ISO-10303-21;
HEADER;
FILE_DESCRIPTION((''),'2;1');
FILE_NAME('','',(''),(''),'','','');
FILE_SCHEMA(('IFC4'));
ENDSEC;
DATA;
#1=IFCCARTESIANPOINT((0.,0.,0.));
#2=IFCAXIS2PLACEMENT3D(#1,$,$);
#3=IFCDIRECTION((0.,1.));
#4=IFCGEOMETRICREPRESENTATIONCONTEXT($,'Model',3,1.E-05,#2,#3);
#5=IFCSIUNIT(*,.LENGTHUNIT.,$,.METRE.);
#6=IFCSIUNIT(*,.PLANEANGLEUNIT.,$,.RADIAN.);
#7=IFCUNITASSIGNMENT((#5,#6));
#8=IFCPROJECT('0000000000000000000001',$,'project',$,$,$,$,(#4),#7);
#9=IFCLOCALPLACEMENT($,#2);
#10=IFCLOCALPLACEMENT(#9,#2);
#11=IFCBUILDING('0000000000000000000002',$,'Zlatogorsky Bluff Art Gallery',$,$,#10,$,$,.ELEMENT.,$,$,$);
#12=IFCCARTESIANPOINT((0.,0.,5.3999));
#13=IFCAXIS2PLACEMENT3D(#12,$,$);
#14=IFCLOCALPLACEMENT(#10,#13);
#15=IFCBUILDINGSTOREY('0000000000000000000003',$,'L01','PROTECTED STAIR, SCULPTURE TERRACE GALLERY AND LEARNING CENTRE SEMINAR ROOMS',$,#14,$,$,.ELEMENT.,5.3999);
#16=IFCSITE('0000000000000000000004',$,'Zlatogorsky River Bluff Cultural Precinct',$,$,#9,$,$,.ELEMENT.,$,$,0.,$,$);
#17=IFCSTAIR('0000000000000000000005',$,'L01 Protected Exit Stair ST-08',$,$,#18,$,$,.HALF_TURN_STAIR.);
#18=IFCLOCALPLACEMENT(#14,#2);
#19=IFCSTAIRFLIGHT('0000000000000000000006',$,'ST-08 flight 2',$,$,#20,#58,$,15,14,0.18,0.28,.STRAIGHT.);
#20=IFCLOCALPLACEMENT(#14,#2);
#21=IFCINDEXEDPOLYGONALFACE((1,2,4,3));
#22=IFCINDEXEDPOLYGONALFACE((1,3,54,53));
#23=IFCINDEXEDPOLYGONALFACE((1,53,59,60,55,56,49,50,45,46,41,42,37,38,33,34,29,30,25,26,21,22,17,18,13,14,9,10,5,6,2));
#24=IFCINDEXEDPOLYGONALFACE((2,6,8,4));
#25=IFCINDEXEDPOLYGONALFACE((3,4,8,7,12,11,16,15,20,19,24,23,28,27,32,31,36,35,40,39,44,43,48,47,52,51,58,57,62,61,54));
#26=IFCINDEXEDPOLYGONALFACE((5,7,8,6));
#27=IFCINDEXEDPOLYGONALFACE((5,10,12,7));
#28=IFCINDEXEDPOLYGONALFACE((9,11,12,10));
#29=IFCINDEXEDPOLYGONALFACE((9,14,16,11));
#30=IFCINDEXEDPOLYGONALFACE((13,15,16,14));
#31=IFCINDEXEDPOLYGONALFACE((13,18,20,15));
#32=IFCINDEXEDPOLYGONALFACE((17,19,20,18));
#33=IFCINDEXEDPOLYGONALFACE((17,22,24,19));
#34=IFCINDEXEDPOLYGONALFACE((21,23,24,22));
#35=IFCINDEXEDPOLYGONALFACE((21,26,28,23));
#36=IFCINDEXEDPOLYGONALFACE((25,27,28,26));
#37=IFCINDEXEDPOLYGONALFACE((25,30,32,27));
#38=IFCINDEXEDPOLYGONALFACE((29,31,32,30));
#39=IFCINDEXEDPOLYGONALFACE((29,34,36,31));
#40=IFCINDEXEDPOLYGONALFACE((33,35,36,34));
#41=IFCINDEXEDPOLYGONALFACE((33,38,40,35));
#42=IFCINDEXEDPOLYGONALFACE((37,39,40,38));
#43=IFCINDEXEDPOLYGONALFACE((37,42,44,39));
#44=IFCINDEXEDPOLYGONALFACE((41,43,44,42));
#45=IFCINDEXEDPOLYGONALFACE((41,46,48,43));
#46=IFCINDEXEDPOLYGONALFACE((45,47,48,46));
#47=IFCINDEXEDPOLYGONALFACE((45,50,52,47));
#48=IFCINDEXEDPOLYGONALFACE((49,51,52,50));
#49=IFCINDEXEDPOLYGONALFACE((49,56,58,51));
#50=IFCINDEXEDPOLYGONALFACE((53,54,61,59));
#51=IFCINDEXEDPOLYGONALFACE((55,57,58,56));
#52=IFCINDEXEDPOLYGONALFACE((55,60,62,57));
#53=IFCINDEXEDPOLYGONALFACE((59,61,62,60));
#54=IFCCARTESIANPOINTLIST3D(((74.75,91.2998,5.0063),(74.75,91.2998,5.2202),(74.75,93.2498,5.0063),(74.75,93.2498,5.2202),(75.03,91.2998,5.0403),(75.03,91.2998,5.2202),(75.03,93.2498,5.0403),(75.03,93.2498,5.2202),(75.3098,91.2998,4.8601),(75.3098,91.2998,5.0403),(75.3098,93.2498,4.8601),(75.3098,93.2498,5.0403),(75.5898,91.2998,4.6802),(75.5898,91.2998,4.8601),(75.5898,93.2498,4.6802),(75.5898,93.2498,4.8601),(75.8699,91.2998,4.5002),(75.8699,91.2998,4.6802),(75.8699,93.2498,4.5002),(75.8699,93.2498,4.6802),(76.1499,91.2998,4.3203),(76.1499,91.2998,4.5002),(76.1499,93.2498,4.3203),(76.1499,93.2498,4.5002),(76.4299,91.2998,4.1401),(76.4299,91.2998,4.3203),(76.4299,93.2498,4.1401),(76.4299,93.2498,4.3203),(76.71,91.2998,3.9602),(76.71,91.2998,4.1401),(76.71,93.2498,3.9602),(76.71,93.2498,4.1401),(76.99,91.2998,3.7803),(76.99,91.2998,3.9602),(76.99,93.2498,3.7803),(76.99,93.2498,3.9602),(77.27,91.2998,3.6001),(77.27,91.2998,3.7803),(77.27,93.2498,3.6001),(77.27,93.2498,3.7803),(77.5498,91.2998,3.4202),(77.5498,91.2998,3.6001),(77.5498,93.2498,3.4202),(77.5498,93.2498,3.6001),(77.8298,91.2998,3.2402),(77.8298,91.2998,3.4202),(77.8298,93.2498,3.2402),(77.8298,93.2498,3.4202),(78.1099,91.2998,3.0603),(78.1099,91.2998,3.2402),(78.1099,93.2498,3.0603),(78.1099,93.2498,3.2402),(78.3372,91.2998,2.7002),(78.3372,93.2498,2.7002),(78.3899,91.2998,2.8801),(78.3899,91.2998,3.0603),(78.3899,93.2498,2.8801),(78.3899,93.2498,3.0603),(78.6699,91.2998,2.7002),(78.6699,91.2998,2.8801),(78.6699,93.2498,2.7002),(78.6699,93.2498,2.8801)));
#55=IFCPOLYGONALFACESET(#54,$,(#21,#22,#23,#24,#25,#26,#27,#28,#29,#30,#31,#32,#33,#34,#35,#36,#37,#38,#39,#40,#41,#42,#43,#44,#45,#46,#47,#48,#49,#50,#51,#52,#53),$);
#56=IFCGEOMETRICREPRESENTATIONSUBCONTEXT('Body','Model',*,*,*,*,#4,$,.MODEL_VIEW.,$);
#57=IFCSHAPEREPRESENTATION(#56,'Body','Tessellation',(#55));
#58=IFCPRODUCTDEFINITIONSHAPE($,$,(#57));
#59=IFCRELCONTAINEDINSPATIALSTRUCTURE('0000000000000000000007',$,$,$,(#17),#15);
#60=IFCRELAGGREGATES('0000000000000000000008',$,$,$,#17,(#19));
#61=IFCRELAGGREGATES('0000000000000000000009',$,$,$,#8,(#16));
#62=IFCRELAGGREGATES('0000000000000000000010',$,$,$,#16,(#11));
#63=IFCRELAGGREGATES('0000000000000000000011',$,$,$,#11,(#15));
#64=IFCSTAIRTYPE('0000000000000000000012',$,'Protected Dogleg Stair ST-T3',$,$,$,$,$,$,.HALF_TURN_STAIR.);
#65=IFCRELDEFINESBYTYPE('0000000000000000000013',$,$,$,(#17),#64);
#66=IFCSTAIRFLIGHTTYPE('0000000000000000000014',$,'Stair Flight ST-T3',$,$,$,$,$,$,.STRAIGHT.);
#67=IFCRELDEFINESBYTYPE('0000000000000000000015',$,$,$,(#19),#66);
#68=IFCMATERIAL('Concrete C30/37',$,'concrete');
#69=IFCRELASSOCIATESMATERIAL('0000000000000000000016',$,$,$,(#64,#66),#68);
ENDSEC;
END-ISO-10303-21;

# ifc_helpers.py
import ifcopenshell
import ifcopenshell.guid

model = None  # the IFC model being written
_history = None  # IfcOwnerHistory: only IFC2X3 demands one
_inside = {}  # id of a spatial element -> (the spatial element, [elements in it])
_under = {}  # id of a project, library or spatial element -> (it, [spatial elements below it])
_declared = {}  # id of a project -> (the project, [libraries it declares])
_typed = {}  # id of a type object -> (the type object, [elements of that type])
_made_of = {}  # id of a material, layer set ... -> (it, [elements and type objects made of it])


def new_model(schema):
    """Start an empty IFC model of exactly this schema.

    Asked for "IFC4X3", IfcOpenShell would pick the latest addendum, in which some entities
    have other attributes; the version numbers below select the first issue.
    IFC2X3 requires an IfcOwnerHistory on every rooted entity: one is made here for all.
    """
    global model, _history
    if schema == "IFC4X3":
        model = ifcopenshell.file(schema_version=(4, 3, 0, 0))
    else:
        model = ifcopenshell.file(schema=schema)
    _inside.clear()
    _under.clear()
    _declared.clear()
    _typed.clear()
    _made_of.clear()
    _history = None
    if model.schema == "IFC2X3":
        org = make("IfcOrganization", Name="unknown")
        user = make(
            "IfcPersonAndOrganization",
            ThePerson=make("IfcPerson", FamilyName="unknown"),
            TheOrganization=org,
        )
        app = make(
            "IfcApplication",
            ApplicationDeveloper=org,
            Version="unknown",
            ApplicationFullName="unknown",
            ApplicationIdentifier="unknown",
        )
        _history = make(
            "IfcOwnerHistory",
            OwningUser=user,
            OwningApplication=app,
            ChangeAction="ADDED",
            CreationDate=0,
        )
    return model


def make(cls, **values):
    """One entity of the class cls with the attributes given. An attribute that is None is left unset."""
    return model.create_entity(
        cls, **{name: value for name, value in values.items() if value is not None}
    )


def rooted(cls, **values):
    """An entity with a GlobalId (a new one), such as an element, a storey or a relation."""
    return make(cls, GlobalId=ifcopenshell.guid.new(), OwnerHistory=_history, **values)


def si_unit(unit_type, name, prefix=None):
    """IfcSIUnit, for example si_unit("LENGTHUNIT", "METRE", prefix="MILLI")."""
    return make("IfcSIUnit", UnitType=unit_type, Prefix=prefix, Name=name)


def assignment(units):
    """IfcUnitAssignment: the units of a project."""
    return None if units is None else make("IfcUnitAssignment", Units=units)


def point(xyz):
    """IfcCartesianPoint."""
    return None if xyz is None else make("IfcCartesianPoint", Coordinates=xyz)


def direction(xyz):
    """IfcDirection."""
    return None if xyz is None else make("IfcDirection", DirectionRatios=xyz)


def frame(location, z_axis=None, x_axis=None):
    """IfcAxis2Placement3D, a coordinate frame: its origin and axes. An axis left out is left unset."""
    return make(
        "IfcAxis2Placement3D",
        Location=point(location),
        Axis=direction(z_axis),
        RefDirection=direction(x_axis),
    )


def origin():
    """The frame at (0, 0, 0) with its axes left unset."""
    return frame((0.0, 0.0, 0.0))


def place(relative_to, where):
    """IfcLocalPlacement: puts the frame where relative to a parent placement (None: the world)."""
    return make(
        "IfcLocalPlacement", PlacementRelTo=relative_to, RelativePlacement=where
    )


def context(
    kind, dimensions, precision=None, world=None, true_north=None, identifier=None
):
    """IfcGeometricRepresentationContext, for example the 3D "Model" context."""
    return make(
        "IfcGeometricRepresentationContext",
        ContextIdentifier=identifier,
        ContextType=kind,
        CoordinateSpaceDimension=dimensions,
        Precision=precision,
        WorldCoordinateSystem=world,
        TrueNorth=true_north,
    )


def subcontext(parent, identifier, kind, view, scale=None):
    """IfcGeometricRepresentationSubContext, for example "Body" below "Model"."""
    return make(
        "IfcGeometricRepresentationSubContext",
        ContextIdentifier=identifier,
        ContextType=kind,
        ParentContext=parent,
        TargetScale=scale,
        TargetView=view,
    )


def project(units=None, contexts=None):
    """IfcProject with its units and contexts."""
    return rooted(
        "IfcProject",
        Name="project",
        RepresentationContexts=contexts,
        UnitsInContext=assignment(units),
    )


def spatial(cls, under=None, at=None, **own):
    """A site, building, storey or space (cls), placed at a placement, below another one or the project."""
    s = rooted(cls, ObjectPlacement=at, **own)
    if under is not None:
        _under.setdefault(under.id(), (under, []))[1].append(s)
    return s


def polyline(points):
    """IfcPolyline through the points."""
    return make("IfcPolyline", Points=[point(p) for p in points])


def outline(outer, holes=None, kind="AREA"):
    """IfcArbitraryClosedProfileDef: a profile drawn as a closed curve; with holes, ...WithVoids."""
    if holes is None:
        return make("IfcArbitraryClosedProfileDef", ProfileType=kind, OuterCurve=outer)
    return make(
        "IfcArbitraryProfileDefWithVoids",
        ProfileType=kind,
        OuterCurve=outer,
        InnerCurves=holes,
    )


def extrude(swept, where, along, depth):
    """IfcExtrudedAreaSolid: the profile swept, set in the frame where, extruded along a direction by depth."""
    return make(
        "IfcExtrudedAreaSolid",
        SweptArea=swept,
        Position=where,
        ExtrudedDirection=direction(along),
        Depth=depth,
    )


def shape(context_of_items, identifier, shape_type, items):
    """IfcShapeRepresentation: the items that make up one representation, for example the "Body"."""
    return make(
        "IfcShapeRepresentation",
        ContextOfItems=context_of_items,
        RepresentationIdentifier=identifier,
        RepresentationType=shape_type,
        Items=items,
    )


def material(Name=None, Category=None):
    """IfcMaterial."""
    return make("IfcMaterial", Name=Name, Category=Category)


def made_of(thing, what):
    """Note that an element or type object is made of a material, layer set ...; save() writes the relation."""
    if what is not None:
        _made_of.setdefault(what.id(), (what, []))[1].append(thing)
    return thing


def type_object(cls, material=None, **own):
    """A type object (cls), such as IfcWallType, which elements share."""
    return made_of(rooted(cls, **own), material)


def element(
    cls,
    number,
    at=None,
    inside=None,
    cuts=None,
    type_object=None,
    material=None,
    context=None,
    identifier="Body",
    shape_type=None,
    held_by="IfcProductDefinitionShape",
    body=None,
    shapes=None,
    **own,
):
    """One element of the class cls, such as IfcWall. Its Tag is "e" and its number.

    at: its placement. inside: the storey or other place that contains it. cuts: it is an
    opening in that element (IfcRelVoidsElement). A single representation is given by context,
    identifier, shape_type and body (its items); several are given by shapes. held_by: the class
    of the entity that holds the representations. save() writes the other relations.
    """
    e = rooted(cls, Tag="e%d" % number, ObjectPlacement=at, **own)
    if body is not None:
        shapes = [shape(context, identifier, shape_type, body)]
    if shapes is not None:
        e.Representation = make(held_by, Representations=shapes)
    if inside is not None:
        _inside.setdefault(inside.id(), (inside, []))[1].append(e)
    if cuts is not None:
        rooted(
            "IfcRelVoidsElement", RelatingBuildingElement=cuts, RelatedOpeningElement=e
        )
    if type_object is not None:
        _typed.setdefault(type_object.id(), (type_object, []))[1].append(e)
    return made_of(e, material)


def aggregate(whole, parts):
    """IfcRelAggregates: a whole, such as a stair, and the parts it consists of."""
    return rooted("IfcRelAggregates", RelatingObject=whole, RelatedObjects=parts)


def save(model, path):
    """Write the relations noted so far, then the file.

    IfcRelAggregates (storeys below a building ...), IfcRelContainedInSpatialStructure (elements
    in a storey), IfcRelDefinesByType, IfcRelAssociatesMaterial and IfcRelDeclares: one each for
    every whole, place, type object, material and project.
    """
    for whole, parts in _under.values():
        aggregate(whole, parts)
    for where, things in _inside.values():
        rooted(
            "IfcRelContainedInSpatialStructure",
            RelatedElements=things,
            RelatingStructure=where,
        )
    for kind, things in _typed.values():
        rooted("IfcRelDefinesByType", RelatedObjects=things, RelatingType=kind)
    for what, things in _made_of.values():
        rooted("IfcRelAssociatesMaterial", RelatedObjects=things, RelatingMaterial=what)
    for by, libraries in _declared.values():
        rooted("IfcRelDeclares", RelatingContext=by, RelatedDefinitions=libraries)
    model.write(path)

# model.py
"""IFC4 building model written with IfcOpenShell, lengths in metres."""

from ifc_helpers import new_model, si_unit, direction, frame, origin, place, context, subcontext, project, spatial, polyline, outline, extrude, material, type_object, element, aggregate, save


model = new_model("IFC4")

# Units and contexts
model_context = context("Model", 3, precision=1e-05, world=origin(), true_north=direction((0.0, 1.0)))
body_context = subcontext(model_context, "Body", "Model", "MODEL_VIEW")
ifc_project = project(units=[si_unit("LENGTHUNIT", "METRE"), si_unit("PLANEANGLEUNIT", "RADIAN")], contexts=[model_context])

# Site, building, storey
site_placement = place(None, origin())
site = spatial("IfcSite", under=ifc_project, at=site_placement, Name="Zlatogorsky River Bluff Cultural Precinct", CompositionType="ELEMENT", RefElevation=0.0)
building_placement = place(site_placement, origin())
building = spatial("IfcBuilding", under=site, at=building_placement, Name="Zlatogorsky Bluff Art Gallery", CompositionType="ELEMENT")
storey_placement = place(building_placement, frame((0.0, 0.0, 5.3999)))
storey = spatial("IfcBuildingStorey", under=building, at=storey_placement, Name="L01", Description="PROTECTED STAIR, SCULPTURE TERRACE GALLERY AND LEARNING CENTRE SEMINAR ROOMS", CompositionType="ELEMENT", Elevation=5.3999)

# Shared definitions
ifc_material_1 = material(Name="Concrete C30/37", Category="concrete")

# Stair, stair flight
stair_type = type_object("IfcStairType", Name="Protected Dogleg Stair ST-T3", PredefinedType="HALF_TURN_STAIR", material=ifc_material_1)
stair_placement = place(storey_placement, origin())
stair = element("IfcStair", 1, at=stair_placement, inside=storey, type_object=stair_type, Name="L01 Protected Exit Stair ST-08", PredefinedType="HALF_TURN_STAIR")
stair_flight_type = type_object("IfcStairFlightType", Name="Stair Flight ST-T3", PredefinedType="STRAIGHT", material=ifc_material_1)
stair_flight_1_placement = place(storey_placement, frame((78.6699, 92.2749, 2.7002), z_axis=(0.0, 0.0, 1.0), x_axis=(-1.0, 0.0, 0.0)))
stair_flight_1 = element("IfcStairFlight", 2, at=stair_flight_1_placement, type_object=stair_flight_type, Name="ST-08 flight 2", NumberOfRisers=15, NumberOfTreads=14, PredefinedType="STRAIGHT", RiserHeight=0.18, TreadLength=0.28, context=body_context, shape_type="SweptSolid", body=[
    extrude(outline(polyline([(0.0, 0.0), (0.0, 0.1799), (0.28, 0.1799), (0.28, 0.3601), (0.5601, 0.3601), (0.5601, 0.54), (0.8401, 0.54), (0.8401, 0.72), (1.1201, 0.72), (1.1201, 0.8999), (1.3999, 0.8999), (1.3999, 1.0801), (1.6799, 1.0801), (1.6799, 1.26), (1.96, 1.26), (1.96, 1.4399), (2.24, 1.4399), (2.24, 1.6201), (2.52, 1.6201), (2.52, 1.8), (2.8, 1.8), (2.8, 1.98), (3.0801, 1.98), (3.0801, 2.1599), (3.3601, 2.1599), (3.3601, 2.3401), (3.6399, 2.3401), (3.6399, 2.52), (3.9199, 2.52), (3.9199, 2.7), (3.9199, 2.3062), (0.3328, 0.0), (0.0, 0.0)])), frame((0.0, 0.9751, 0.0), z_axis=(0.0, -1.0, 0.0), x_axis=(1.0, 0.0, 0.0)), (0.0, 0.0, 1.0), 1.95),
])
aggregate(stair, [stair_flight_1])

save(model, "model.ifc")
